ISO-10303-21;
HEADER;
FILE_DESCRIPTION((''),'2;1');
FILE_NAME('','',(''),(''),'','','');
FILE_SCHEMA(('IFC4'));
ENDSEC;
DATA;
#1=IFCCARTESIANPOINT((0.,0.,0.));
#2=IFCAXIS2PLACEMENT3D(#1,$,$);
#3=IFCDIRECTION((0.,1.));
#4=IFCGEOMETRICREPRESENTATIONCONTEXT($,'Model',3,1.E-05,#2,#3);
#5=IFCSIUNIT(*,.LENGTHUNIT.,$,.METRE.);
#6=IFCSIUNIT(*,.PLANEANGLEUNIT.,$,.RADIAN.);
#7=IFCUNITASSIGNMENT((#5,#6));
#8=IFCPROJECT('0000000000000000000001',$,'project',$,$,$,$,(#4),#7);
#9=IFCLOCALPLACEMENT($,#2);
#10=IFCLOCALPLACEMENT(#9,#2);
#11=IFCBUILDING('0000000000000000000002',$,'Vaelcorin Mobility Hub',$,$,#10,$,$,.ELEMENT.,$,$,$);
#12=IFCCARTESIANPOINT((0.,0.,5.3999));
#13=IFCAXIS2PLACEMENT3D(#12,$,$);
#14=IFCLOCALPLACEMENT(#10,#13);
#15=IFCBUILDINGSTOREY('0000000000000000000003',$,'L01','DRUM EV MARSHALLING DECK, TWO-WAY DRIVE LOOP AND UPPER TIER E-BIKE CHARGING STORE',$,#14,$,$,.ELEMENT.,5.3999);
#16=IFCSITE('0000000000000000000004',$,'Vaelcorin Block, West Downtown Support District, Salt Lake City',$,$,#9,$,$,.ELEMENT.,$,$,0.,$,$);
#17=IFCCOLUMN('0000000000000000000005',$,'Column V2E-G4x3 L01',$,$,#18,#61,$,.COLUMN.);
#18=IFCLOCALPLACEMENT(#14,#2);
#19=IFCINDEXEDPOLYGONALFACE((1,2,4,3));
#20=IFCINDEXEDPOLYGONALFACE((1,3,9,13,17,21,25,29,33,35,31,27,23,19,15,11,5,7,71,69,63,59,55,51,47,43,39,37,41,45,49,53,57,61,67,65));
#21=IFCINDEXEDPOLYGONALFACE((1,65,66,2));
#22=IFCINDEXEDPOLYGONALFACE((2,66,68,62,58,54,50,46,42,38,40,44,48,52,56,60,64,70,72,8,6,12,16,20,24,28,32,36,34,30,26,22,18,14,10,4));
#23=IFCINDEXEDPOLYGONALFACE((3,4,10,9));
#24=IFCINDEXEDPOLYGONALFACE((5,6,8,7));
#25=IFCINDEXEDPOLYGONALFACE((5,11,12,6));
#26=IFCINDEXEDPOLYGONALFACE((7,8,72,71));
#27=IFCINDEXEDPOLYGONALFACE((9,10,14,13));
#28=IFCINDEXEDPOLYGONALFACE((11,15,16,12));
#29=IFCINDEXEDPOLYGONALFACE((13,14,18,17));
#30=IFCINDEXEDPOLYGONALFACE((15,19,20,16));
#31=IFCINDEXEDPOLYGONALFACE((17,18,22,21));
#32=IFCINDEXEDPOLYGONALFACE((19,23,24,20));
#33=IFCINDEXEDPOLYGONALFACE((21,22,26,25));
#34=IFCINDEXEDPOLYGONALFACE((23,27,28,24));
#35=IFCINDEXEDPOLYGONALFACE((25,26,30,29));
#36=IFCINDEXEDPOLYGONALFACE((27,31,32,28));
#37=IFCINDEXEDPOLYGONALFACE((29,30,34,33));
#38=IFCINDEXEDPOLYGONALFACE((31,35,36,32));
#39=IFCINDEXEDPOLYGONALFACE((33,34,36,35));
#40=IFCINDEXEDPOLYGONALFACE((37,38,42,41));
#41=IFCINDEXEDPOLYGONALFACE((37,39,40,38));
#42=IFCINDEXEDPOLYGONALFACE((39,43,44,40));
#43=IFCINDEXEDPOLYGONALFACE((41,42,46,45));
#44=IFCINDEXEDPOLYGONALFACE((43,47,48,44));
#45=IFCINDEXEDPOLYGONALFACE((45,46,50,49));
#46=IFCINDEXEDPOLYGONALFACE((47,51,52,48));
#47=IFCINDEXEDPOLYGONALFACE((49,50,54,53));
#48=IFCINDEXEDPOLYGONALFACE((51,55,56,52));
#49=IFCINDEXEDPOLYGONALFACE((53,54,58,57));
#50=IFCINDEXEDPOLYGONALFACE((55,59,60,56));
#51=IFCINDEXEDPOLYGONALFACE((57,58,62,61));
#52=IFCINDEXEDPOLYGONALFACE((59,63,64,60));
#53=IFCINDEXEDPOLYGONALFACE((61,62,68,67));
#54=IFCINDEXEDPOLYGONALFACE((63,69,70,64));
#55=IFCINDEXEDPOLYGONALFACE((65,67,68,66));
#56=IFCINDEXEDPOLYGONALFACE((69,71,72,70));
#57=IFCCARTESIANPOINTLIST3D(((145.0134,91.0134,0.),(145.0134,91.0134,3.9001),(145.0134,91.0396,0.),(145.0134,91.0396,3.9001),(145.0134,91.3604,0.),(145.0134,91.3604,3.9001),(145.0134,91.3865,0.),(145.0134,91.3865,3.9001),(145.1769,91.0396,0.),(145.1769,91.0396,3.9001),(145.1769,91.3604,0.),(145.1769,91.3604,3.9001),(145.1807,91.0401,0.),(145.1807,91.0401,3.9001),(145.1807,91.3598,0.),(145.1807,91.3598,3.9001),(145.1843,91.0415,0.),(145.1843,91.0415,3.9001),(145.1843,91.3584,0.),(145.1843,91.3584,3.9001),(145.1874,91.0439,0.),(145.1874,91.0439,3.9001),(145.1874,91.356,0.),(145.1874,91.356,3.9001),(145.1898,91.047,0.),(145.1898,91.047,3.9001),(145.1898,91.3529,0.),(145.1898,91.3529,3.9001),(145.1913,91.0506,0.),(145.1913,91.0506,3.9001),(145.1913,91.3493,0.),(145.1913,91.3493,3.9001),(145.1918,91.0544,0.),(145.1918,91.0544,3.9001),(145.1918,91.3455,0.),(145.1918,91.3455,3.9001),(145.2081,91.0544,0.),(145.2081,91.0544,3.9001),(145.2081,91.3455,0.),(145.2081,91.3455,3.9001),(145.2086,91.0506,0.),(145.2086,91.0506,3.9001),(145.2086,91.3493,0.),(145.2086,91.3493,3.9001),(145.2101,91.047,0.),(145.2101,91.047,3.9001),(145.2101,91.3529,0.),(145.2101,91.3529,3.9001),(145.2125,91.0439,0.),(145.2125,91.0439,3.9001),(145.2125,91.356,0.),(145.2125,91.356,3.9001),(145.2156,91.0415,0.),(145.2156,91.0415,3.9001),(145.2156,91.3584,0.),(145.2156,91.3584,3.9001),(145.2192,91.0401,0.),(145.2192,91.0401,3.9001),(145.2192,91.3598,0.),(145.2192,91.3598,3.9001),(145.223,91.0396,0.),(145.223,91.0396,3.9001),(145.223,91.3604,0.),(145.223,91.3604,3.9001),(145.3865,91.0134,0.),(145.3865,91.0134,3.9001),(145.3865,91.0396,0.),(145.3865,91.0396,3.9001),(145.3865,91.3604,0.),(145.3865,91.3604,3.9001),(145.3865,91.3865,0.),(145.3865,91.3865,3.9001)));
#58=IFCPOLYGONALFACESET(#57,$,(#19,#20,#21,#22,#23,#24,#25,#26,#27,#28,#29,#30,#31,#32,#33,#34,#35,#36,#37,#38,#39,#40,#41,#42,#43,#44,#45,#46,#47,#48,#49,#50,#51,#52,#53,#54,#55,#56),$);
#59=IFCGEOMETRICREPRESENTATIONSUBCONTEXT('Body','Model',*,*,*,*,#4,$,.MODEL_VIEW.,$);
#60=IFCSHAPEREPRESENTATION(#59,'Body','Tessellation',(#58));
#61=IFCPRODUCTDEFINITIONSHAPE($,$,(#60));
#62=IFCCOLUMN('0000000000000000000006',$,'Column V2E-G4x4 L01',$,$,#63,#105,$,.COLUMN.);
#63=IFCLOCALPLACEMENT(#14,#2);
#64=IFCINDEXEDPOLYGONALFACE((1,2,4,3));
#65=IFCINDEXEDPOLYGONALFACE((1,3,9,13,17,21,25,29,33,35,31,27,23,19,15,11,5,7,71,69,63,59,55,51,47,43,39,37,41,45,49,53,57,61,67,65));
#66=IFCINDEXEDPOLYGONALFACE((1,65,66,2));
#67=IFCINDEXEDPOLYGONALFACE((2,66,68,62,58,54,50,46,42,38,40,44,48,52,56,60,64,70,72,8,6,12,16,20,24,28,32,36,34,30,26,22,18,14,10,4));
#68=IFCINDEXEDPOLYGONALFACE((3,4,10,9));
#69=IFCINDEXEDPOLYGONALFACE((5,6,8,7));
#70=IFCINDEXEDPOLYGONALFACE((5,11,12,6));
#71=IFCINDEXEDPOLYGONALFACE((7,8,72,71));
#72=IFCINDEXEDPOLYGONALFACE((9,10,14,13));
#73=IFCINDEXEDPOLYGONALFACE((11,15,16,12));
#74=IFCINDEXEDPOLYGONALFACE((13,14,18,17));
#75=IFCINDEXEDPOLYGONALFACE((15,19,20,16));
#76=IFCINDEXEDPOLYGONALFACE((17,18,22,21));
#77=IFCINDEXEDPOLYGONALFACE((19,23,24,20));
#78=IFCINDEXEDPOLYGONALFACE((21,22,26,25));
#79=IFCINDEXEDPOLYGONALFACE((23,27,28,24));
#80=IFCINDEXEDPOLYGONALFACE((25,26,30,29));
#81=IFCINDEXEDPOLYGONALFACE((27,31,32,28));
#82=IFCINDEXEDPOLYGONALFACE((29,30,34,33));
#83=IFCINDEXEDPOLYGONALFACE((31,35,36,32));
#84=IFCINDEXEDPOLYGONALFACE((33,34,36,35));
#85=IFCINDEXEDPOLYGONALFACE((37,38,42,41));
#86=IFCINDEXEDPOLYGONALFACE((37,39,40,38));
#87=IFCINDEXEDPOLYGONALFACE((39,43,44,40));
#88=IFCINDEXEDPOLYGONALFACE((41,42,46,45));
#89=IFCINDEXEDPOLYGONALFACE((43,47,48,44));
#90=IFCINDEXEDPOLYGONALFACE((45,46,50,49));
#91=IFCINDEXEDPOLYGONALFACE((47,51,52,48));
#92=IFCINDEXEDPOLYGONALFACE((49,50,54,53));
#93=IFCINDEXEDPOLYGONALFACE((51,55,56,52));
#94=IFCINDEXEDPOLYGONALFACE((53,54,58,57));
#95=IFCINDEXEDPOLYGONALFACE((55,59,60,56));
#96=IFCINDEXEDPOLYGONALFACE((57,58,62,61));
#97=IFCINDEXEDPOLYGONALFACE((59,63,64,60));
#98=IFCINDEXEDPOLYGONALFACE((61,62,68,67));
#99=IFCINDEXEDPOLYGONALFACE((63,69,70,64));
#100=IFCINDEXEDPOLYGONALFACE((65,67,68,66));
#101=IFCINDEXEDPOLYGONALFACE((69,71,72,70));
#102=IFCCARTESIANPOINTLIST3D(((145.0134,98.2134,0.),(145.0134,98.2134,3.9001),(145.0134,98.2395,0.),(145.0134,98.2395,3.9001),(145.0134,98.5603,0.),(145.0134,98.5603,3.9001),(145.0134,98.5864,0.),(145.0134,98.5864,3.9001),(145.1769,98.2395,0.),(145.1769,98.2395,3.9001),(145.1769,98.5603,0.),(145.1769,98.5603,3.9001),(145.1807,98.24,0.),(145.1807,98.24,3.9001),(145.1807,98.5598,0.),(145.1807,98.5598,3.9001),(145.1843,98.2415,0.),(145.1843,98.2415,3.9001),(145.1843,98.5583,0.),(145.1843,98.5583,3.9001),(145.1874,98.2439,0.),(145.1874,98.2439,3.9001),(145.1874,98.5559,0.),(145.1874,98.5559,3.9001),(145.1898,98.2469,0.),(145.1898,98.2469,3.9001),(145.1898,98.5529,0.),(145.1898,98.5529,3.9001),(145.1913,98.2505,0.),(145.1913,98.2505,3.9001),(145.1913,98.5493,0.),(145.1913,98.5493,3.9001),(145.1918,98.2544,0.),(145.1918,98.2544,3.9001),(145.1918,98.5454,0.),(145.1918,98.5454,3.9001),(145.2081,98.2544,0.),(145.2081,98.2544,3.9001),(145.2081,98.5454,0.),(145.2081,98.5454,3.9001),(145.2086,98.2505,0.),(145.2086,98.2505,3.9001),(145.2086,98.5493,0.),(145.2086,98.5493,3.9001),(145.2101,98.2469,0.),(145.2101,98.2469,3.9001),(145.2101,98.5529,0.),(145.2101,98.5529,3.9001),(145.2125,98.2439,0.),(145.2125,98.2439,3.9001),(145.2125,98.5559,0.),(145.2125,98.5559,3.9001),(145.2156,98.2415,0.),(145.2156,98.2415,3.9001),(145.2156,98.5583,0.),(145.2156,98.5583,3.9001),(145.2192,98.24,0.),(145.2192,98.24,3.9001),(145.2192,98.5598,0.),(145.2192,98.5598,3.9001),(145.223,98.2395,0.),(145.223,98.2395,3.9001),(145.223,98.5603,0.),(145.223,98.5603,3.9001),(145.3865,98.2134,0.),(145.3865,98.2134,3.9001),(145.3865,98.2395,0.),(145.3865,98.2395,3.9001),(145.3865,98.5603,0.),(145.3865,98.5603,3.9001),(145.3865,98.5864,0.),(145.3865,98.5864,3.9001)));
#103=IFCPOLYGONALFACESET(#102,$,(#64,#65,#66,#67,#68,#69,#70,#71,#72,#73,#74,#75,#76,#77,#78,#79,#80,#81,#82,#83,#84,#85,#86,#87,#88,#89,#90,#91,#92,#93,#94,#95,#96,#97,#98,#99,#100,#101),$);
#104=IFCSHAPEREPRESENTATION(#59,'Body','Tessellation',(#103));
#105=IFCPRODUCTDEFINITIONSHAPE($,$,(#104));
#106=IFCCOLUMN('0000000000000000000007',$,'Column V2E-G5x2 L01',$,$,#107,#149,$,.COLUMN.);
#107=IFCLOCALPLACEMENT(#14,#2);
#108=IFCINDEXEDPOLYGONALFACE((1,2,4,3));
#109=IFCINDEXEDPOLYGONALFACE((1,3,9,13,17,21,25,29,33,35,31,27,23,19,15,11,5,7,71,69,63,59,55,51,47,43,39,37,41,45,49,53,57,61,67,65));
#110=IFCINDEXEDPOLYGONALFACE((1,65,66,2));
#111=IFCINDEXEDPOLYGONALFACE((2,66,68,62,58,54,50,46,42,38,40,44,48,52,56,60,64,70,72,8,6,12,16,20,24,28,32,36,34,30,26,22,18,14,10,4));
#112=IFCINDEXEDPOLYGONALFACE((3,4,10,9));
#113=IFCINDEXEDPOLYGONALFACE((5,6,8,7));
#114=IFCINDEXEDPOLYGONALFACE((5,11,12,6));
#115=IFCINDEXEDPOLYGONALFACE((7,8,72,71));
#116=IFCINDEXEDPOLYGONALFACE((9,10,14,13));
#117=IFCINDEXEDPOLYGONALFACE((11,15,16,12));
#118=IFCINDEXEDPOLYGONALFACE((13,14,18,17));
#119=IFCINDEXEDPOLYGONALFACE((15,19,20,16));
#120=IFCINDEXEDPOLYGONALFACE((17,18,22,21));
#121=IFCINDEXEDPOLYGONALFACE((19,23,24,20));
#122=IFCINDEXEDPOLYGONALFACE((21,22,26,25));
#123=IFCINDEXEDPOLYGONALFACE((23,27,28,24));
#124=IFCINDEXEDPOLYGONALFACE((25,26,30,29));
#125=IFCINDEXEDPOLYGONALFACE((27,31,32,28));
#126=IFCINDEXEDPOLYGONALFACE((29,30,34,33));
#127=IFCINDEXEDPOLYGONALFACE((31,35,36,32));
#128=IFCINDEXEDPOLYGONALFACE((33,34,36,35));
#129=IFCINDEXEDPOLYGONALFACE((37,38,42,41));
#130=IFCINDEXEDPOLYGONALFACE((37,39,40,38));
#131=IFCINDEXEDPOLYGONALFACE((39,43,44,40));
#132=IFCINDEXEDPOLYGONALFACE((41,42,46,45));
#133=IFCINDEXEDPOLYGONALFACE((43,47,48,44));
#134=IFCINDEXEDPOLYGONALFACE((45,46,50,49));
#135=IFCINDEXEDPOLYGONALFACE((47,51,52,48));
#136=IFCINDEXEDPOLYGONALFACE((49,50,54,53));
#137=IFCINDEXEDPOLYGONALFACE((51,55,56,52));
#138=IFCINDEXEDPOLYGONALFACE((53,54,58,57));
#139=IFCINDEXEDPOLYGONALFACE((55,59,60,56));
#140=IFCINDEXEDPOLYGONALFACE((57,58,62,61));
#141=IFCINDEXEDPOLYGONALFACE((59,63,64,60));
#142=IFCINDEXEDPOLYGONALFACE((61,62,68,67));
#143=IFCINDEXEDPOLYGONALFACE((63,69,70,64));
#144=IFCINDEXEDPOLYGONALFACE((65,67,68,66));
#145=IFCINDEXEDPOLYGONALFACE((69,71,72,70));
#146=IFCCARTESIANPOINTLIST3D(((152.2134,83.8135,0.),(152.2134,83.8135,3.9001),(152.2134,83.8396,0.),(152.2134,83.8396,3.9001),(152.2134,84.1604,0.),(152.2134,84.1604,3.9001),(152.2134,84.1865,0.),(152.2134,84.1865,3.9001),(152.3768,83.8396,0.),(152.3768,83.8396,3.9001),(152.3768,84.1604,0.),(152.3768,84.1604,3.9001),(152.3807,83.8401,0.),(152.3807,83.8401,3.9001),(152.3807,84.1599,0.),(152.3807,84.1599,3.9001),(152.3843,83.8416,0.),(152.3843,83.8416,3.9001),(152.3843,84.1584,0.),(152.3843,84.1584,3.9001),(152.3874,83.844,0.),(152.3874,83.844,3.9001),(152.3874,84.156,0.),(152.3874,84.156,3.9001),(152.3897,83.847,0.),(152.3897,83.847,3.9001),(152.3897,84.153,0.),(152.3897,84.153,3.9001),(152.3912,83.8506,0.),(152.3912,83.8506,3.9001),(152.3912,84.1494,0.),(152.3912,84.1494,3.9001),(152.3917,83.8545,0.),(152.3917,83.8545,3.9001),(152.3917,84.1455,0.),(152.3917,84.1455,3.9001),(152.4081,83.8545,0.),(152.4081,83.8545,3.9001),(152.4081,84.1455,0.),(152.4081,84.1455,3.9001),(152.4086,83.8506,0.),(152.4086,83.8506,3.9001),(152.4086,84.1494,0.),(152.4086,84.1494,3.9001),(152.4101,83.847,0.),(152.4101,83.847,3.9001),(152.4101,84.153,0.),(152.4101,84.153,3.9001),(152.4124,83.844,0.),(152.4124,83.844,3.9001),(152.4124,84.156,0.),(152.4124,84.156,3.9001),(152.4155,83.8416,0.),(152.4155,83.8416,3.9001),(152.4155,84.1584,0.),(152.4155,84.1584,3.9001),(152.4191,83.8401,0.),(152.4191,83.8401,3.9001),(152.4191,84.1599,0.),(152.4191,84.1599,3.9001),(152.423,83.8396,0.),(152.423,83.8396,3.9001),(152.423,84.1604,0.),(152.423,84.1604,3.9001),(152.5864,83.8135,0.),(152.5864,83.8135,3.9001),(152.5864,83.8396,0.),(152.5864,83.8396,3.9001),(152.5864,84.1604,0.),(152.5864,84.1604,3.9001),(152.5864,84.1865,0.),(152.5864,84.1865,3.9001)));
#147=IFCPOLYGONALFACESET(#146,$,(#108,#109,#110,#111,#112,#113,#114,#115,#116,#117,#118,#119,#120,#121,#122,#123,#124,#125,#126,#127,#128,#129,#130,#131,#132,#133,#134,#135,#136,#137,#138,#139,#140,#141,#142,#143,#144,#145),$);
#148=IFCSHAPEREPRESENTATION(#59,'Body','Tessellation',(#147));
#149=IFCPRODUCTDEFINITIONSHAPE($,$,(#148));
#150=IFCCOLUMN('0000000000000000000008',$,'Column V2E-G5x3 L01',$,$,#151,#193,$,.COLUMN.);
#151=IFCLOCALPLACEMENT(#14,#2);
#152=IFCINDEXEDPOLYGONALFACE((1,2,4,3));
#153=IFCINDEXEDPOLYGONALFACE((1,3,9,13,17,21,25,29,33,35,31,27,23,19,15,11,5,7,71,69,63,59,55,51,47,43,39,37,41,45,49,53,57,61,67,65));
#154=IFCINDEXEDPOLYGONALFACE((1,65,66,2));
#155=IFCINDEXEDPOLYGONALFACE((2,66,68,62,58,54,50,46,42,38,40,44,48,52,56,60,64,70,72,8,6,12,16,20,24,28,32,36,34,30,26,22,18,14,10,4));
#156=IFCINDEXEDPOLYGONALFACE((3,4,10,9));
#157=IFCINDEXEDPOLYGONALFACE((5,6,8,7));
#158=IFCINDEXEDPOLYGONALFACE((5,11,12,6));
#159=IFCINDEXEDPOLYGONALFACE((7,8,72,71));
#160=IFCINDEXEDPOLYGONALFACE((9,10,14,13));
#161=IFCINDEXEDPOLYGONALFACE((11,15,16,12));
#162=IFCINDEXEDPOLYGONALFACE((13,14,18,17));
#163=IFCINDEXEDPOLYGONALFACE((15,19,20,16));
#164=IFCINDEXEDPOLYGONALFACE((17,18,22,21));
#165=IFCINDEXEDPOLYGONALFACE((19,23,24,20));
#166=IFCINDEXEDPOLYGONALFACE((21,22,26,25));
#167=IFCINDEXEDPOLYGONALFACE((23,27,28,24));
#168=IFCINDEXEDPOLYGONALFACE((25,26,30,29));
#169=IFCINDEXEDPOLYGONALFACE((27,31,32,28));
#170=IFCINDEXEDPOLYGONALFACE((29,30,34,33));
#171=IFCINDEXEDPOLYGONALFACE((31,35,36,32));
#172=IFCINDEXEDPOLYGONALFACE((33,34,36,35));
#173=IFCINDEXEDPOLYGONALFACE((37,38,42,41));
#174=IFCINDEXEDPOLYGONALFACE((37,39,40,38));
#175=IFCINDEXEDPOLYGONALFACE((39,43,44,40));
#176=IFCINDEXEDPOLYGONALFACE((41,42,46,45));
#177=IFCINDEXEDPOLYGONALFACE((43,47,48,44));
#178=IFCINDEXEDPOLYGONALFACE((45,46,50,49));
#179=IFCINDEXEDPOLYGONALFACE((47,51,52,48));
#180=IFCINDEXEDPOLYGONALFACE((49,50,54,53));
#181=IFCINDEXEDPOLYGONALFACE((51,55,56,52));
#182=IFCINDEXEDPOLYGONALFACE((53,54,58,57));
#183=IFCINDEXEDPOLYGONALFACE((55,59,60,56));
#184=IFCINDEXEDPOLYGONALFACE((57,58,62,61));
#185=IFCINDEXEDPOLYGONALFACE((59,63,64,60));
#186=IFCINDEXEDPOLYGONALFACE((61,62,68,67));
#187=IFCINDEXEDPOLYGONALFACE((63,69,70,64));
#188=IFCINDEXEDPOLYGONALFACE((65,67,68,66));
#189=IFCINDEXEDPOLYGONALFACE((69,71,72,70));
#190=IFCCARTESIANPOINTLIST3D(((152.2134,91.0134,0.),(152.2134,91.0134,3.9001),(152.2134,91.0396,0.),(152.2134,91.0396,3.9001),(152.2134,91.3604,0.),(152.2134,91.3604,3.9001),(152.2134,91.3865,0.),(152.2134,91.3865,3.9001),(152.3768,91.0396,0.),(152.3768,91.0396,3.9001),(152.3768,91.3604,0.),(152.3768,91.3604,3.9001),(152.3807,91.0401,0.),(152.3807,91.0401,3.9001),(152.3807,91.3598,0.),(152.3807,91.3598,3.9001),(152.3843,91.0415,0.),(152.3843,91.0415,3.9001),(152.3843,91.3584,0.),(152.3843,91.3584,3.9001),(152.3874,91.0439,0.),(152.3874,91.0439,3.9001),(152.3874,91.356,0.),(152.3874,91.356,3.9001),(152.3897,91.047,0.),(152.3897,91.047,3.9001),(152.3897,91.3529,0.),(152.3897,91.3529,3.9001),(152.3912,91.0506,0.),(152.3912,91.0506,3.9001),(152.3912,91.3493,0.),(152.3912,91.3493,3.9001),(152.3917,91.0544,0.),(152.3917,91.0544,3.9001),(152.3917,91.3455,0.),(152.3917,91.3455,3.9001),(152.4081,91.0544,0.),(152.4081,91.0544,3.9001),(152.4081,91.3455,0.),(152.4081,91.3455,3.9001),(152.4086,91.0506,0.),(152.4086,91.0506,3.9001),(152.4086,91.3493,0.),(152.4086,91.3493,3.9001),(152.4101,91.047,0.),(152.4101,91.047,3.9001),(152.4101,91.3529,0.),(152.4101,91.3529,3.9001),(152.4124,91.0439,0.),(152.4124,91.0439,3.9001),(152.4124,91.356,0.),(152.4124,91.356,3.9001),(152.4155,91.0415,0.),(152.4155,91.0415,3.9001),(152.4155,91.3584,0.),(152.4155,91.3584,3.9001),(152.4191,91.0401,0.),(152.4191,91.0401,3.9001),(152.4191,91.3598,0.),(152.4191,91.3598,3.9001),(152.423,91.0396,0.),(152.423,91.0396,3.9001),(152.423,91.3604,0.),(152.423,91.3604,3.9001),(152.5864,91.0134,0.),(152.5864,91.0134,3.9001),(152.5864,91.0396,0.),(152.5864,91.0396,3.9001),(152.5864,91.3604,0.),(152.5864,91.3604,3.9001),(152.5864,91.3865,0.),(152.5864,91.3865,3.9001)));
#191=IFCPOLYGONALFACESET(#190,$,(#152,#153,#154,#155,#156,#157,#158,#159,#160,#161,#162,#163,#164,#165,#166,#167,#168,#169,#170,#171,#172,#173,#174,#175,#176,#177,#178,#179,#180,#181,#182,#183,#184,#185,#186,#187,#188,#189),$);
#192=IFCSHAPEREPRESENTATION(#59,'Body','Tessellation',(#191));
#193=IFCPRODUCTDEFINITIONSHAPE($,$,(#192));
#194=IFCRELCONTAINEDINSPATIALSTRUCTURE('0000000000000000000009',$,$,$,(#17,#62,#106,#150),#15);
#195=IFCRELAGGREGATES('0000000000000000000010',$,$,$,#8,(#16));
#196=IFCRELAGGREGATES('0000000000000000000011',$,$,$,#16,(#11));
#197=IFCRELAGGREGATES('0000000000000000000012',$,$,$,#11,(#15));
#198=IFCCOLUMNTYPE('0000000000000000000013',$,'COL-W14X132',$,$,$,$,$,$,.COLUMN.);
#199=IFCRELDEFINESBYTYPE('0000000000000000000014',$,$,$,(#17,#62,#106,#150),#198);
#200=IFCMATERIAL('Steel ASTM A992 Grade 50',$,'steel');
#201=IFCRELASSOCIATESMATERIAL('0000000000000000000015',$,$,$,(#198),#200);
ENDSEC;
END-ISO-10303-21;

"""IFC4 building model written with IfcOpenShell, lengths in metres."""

from ifc_helpers import new_model, si_unit, direction, frame, origin, origin_2d, place, context, subcontext, project, spatial, i_section, extrude, material, material_profile, profile_set, type_object, element, save


model = new_model("IFC4")

# Units and contexts
model_context = context("Model", 3, precision=1e-05, world=origin(), true_north=direction((0.0, 1.0)))
body_context = subcontext(model_context, "Body", "Model", "MODEL_VIEW")
ifc_project = project(units=[si_unit("LENGTHUNIT", "METRE"), si_unit("PLANEANGLEUNIT", "RADIAN")], contexts=[model_context])

# Site, building, storey
site_placement = place(None, origin())
site = spatial("IfcSite", under=ifc_project, at=site_placement, Name="Vaelcorin Block, West Downtown Support District, Salt Lake City", CompositionType="ELEMENT", RefElevation=0.0)
building_placement = place(site_placement, origin())
building = spatial("IfcBuilding", under=site, at=building_placement, Name="Vaelcorin Mobility Hub", CompositionType="ELEMENT")
storey_placement = place(building_placement, frame((0.0, 0.0, 5.3999)))
storey = spatial("IfcBuildingStorey", under=building, at=storey_placement, Name="L01", Description="DRUM EV MARSHALLING DECK, TWO-WAY DRIVE LOOP AND UPPER TIER E-BIKE CHARGING STORE", CompositionType="ELEMENT", Elevation=5.3999)

# Columns
ifc_material_1 = material(Name="Steel ASTM A992 Grade 50", Category="steel")
ifc_material_profile_1 = material_profile(ifc_material_1, i_section(OverallWidth=0.373, OverallDepth=0.373, WebThickness=0.0164, FlangeThickness=0.0261, FilletRadius=0.0149, at=origin_2d()), Name="W14X132")
ifc_profile_set_1 = profile_set([ifc_material_profile_1], Name="Steel ASTM A992 Grade 50")
column_type_1 = type_object("IfcColumnType", Name="COL-W14X132", PredefinedType="COLUMN", material=ifc_profile_set_1)
for number, where, z_axis, x_axis, name in (
    (1, (145.2, 91.2, 0.0), (0.0, 0.0, 1.0), (1.0, 0.0, 0.0), "Column V2E-G4x3 L01"),
    (2, (145.2, 98.3999, 0.0), (0.0, 0.0, 1.0), (1.0, 0.0, 0.0), "Column V2E-G4x4 L01"),
    (3, (152.3999, 84.0, 0.0), (0.0, 0.0, 1.0), (1.0, 0.0, 0.0), "Column V2E-G5x2 L01"),
    (4, (152.3999, 91.2, 0.0), (0.0, 0.0, 1.0), (1.0, 0.0, 0.0), "Column V2E-G5x3 L01"),
):
    element("IfcColumn", number, at=place(storey_placement, frame(where, z_axis=z_axis, x_axis=x_axis)), inside=storey, type_object=column_type_1, Name=name, PredefinedType="COLUMN", context=body_context, shape_type="SweptSolid", body=[
        extrude(i_section(OverallWidth=0.373, OverallDepth=0.373, WebThickness=0.0164, FlangeThickness=0.0261, FilletRadius=0.0149, at=origin_2d()), origin(), (0.0, 0.0, 1.0), 3.9001),
    ])

save(model, "model.ifc")
